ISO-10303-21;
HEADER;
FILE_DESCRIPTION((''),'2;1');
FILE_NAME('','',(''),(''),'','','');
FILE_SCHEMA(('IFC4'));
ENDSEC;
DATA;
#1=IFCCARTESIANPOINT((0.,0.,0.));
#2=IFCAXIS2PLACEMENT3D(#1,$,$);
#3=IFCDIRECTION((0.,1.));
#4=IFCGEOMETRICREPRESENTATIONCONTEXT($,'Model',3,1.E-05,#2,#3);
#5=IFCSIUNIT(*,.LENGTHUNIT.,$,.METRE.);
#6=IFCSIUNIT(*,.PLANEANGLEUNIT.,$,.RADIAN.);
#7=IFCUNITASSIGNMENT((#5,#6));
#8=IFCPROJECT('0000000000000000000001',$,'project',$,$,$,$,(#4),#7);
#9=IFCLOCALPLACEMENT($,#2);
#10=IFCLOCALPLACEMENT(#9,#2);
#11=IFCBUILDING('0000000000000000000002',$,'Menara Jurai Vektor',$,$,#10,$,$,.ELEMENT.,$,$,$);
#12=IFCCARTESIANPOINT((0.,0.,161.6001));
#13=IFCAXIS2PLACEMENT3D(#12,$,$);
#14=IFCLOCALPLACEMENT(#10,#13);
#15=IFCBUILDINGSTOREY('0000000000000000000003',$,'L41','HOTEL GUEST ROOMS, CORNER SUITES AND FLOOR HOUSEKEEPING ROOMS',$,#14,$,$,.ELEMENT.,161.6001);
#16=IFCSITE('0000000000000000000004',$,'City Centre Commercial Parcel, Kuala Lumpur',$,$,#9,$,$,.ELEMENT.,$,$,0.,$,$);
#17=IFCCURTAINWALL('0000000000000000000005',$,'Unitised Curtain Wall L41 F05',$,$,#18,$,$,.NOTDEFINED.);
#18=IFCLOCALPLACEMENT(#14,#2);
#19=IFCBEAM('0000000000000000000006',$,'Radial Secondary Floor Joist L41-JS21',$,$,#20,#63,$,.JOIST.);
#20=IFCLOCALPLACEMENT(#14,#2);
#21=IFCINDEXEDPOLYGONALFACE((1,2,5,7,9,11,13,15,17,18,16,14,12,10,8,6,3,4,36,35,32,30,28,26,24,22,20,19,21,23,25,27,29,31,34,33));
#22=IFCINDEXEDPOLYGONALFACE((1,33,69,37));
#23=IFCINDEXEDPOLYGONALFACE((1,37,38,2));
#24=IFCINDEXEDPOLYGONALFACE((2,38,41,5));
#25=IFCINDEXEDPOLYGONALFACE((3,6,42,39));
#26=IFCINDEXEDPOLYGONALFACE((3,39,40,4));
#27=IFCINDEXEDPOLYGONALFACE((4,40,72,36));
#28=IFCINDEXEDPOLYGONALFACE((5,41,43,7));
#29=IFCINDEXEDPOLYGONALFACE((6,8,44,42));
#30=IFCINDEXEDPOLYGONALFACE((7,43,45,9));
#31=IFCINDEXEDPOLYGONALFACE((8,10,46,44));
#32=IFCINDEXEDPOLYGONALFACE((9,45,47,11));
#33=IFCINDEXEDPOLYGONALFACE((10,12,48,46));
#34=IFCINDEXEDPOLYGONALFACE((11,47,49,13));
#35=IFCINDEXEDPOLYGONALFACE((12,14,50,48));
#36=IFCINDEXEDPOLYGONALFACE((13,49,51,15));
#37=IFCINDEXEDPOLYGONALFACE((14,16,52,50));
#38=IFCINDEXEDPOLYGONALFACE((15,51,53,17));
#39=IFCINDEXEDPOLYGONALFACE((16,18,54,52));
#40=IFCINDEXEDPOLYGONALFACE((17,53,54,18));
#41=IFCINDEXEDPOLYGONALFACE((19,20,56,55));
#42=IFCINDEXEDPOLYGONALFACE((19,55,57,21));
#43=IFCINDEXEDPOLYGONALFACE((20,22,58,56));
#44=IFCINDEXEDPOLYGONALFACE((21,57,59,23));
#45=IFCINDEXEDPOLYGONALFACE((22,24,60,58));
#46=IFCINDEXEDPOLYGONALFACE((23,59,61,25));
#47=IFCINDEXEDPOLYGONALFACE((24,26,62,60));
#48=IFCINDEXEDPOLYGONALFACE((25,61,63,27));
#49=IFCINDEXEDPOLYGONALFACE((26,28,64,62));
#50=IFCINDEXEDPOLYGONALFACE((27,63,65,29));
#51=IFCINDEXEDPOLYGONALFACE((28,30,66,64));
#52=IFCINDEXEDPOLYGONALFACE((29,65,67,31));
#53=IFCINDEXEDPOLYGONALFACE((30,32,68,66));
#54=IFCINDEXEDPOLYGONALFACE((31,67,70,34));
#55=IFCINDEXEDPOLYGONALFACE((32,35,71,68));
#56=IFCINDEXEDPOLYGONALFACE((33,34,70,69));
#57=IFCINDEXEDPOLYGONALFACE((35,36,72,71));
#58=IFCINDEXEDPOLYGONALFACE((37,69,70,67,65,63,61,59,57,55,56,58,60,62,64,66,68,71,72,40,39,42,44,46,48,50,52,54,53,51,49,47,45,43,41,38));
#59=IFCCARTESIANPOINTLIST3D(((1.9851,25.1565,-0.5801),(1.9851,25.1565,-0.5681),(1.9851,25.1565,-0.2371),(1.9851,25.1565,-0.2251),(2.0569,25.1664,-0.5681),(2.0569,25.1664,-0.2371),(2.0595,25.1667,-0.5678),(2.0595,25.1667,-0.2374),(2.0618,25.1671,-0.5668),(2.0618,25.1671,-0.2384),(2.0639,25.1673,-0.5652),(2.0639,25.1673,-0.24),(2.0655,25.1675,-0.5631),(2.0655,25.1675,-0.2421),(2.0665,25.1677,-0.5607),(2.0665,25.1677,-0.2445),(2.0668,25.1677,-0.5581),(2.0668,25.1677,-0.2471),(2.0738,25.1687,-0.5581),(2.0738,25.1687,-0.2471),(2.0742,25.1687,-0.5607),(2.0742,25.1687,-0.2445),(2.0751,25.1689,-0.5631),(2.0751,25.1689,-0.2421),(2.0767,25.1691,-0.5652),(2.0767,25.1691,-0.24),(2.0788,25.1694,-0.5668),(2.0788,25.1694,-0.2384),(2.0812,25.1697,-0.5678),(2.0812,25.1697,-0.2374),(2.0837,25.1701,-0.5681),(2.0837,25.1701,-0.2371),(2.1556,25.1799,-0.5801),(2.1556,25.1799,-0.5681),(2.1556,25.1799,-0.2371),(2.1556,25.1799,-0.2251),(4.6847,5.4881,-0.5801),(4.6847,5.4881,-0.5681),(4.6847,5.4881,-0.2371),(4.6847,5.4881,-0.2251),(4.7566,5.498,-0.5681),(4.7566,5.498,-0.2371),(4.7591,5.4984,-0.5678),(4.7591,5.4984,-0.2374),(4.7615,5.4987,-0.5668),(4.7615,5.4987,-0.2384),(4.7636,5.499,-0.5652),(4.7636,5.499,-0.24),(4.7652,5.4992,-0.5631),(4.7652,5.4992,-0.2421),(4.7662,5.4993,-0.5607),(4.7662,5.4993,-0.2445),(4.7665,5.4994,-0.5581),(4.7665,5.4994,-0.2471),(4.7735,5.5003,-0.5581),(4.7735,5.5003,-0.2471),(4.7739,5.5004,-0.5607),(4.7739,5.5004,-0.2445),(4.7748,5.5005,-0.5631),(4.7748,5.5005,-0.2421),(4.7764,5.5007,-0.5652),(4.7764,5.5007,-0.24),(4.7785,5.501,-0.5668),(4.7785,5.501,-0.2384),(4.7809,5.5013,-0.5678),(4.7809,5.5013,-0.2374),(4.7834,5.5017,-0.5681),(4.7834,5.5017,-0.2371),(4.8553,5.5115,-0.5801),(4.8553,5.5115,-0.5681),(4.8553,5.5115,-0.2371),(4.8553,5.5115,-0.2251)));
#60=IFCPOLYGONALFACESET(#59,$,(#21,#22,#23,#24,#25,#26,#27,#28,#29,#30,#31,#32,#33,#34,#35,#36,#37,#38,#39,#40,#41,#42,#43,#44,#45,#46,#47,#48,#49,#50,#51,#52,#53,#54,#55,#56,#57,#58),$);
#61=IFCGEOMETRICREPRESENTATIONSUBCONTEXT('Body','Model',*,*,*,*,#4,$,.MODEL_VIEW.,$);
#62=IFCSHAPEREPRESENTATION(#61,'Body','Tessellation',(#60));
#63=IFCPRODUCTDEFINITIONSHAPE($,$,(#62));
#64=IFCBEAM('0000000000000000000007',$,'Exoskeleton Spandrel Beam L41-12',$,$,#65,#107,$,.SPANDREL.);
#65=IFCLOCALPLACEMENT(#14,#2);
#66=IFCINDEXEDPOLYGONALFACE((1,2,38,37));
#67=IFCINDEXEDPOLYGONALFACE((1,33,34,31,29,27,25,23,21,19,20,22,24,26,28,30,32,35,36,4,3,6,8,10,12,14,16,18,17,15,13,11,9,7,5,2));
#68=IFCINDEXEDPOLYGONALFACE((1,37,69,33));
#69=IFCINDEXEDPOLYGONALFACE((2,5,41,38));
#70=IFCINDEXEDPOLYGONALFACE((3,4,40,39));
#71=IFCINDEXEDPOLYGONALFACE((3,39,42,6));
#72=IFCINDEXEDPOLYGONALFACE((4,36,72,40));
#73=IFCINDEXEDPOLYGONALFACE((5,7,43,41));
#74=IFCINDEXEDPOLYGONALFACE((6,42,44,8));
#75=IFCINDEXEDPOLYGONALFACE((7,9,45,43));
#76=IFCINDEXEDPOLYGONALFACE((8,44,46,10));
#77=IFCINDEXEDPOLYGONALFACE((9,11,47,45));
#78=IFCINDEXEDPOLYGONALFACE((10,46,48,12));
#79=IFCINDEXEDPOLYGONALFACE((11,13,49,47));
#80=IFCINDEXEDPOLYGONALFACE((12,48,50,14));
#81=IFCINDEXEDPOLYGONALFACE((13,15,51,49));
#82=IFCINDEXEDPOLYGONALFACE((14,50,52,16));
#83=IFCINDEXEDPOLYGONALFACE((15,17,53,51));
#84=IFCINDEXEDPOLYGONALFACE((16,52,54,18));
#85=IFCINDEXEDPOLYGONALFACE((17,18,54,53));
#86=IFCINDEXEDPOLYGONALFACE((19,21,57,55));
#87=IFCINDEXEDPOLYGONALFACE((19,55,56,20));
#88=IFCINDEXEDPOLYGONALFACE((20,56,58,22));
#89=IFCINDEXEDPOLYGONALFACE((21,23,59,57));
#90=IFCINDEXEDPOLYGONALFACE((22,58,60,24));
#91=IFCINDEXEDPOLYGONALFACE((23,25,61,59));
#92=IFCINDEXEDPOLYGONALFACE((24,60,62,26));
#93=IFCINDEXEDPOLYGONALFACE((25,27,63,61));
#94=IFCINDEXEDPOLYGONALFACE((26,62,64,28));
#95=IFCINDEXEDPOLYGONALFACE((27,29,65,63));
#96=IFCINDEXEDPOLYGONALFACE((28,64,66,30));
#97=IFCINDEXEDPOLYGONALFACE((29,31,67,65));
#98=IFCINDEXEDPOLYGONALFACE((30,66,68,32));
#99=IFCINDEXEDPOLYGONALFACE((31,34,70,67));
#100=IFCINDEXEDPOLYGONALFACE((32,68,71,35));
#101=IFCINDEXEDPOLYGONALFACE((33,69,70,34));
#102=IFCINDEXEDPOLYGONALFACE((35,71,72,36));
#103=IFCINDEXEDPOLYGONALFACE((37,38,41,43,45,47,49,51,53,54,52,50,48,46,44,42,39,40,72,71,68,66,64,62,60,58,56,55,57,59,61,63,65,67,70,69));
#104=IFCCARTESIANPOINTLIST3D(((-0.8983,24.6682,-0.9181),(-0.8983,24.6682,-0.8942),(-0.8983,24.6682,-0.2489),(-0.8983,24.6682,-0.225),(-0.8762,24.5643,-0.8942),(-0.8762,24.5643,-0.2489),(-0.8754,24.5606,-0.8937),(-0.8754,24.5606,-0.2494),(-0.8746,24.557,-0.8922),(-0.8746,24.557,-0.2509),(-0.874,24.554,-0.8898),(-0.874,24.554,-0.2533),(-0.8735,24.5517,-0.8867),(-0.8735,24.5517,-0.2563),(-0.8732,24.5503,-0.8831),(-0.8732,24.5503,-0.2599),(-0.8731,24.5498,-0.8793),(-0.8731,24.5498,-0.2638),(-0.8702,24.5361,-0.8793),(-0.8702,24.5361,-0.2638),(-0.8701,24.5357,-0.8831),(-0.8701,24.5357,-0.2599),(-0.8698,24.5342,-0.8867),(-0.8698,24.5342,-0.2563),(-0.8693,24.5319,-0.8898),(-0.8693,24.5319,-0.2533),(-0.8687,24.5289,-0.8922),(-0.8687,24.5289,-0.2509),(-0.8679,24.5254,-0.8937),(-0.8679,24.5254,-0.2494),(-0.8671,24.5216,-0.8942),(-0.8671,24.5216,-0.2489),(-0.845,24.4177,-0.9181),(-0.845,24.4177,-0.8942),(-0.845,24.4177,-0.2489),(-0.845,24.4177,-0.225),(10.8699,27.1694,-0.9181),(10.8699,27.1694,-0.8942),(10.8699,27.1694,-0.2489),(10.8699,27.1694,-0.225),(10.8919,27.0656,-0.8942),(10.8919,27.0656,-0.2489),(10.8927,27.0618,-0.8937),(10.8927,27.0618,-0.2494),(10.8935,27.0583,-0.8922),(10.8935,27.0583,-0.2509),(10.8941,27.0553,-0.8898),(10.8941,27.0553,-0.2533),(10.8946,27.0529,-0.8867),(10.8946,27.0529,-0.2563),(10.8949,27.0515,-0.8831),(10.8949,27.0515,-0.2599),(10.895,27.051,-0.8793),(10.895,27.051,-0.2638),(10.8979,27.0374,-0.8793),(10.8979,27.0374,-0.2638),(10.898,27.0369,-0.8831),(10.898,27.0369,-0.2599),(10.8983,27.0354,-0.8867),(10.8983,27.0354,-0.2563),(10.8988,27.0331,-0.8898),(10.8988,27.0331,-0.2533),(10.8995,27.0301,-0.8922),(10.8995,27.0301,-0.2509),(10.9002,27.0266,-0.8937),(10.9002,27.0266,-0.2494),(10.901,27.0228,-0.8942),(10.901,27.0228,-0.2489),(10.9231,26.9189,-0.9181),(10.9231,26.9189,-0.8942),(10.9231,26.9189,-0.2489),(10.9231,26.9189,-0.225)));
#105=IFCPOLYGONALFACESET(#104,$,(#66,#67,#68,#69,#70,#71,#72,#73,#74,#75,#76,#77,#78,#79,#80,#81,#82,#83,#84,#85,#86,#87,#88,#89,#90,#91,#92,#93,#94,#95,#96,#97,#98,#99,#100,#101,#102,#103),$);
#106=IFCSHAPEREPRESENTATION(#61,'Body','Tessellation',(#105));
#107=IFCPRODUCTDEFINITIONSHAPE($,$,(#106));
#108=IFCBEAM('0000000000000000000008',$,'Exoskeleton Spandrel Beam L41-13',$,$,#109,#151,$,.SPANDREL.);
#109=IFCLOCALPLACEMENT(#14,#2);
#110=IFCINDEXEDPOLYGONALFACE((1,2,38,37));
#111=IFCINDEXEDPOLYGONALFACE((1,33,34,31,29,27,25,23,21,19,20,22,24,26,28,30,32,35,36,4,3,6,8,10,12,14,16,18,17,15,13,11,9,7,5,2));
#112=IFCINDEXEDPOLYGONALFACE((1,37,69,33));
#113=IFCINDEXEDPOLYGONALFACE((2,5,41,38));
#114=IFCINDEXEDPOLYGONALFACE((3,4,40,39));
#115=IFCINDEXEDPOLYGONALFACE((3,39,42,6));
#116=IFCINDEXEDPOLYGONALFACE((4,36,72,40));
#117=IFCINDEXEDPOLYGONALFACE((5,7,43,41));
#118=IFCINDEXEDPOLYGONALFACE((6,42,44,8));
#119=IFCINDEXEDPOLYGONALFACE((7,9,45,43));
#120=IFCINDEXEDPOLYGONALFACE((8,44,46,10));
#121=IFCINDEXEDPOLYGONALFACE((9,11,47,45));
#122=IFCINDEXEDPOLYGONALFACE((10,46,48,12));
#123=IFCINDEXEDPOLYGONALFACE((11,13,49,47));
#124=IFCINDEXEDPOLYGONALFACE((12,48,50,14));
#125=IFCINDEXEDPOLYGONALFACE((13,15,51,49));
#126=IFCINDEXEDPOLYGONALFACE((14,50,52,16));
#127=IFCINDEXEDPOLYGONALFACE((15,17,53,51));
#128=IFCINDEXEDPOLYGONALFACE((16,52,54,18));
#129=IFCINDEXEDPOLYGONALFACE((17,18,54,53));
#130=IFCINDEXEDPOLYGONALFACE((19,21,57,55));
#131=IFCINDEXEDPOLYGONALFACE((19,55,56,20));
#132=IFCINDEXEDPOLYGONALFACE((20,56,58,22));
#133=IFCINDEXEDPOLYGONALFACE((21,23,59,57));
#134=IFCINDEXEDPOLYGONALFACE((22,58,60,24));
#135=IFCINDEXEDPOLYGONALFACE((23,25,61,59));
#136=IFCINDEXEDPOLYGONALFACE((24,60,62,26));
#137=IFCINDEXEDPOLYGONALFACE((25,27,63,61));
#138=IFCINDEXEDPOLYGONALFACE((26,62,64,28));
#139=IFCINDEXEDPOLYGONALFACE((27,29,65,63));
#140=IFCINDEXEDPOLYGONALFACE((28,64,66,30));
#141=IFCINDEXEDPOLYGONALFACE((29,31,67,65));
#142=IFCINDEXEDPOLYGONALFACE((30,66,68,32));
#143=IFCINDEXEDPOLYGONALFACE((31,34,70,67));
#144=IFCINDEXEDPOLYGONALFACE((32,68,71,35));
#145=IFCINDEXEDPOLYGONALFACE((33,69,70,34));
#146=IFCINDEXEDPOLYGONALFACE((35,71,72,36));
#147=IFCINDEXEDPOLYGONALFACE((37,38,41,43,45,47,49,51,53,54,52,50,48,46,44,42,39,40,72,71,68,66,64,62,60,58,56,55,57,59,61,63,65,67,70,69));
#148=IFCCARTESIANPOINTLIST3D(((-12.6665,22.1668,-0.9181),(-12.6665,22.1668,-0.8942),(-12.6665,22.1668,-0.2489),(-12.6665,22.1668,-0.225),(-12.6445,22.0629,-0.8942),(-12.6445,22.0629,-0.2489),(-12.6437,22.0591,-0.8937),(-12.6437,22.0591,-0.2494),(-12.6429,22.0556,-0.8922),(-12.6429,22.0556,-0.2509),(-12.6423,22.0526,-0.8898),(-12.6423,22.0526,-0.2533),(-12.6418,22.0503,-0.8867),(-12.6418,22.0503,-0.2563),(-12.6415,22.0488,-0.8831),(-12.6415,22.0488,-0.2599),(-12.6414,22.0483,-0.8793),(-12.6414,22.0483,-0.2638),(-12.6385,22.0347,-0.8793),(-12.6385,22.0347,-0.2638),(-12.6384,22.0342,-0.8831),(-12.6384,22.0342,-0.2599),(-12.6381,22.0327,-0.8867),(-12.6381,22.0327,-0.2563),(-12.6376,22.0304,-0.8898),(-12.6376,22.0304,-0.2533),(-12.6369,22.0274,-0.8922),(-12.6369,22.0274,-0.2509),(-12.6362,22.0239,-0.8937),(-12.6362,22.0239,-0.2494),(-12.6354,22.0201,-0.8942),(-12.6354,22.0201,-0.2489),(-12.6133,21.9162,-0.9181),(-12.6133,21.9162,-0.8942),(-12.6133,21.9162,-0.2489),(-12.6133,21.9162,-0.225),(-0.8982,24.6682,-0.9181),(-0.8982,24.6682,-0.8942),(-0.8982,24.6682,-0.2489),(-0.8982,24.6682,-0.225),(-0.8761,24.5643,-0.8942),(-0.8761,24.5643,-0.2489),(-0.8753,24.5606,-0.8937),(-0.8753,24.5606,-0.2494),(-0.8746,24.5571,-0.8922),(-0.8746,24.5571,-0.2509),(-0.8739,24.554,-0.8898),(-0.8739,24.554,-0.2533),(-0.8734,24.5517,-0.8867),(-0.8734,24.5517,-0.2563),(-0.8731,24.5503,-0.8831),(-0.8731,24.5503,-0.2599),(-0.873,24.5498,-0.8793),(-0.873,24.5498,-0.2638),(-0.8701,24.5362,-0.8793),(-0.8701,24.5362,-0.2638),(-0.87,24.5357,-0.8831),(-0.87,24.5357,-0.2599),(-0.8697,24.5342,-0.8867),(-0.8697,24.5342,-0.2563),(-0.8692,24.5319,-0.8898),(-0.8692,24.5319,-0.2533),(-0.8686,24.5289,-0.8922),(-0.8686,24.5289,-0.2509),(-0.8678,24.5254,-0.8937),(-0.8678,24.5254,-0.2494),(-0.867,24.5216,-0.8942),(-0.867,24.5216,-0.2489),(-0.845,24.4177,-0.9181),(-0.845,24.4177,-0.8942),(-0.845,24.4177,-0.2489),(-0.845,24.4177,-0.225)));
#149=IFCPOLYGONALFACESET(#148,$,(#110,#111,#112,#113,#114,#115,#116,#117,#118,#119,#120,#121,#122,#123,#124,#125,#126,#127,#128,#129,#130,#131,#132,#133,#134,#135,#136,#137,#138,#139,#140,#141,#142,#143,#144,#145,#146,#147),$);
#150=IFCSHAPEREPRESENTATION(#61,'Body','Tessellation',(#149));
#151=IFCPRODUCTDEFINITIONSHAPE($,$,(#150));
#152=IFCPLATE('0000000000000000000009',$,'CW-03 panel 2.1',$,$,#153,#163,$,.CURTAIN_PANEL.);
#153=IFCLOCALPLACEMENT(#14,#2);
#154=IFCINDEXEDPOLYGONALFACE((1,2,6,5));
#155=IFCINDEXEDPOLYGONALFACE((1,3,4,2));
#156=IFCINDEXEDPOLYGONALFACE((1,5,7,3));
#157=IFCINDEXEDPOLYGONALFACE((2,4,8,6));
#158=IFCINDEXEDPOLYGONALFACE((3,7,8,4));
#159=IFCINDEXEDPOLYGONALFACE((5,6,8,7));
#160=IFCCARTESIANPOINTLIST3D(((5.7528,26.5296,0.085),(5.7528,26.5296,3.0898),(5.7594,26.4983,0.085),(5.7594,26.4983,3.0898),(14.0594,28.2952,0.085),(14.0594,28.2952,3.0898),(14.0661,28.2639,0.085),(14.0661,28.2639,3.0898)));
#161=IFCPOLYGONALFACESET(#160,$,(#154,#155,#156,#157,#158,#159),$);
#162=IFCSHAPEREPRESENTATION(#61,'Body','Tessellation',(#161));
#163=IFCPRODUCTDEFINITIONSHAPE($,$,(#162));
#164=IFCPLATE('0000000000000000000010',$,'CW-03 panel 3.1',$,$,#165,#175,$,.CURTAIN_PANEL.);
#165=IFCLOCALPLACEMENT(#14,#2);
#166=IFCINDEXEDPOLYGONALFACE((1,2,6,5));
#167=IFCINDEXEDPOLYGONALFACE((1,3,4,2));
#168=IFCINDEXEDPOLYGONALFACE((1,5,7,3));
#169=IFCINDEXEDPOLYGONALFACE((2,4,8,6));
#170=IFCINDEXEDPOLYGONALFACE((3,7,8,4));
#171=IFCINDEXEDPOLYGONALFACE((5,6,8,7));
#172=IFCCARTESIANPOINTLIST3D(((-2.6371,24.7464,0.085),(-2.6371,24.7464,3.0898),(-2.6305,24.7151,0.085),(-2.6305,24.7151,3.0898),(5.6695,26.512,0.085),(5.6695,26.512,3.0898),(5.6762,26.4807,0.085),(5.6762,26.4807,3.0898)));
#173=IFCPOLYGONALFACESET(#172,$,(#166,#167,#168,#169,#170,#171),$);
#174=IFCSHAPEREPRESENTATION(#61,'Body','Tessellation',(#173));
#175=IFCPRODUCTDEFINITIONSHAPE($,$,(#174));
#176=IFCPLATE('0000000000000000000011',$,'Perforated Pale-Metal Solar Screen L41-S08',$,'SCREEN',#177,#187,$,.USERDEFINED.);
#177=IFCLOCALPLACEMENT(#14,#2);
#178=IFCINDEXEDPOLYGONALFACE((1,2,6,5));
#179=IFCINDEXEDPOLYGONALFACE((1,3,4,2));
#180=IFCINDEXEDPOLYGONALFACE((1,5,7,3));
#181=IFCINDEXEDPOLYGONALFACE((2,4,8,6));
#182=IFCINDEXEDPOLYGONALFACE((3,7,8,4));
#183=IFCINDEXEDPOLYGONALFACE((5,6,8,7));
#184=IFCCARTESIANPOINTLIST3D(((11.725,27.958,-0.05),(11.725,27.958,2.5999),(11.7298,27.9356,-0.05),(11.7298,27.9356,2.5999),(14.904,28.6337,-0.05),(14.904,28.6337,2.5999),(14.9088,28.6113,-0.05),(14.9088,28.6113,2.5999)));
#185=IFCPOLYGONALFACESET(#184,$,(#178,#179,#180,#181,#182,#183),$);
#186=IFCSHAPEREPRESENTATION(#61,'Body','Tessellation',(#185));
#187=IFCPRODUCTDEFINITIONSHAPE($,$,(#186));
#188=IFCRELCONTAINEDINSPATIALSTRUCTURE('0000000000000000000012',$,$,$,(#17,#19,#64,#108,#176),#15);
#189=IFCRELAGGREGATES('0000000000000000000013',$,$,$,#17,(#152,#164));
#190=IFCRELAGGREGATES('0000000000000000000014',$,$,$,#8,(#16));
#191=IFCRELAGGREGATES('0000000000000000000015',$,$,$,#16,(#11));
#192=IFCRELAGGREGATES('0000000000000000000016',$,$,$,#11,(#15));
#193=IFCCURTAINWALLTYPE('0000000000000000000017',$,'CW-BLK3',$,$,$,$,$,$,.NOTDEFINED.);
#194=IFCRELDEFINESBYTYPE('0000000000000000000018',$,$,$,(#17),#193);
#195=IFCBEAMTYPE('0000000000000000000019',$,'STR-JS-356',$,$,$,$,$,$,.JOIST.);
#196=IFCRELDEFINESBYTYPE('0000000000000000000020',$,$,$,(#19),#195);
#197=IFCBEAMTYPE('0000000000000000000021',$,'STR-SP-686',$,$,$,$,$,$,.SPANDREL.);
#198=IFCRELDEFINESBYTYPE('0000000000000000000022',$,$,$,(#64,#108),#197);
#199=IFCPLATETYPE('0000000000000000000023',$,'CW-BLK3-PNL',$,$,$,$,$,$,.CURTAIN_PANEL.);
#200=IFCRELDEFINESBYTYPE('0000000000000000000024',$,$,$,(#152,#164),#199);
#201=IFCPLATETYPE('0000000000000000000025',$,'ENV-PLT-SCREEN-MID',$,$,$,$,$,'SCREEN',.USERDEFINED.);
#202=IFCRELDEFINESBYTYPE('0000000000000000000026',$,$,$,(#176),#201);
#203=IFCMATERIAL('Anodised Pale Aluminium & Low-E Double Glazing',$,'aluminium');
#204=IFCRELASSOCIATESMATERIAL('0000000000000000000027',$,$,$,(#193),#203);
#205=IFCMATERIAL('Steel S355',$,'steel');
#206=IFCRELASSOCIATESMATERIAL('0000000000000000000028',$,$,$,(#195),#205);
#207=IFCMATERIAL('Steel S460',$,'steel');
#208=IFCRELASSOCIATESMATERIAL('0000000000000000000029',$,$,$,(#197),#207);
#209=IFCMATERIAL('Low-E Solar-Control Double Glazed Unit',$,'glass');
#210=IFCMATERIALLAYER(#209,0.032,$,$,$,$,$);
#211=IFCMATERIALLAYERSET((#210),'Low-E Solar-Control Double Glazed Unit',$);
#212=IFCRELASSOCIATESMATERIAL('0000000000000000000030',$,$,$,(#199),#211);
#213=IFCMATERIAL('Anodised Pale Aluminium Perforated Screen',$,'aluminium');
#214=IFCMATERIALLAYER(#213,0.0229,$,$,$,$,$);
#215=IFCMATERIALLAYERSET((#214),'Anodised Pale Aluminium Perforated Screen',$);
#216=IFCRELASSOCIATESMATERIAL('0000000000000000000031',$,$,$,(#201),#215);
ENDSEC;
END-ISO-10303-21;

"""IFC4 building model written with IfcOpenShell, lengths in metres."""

from ifc_helpers import new_model, si_unit, direction, frame, origin, origin_2d, place, context, subcontext, project, spatial, rectangle, i_section, extrude, material, layer, layer_set, material_profile, profile_set, type_object, element, aggregate, save


model = new_model("IFC4")

# Units and contexts
model_context = context("Model", 3, precision=1e-05, world=origin(), true_north=direction((0.0, 1.0)))
body_context = subcontext(model_context, "Body", "Model", "MODEL_VIEW")
ifc_project = project(units=[si_unit("LENGTHUNIT", "METRE"), si_unit("PLANEANGLEUNIT", "RADIAN")], contexts=[model_context])

# Site, building, storey
site_placement = place(None, origin())
site = spatial("IfcSite", under=ifc_project, at=site_placement, Name="City Centre Commercial Parcel, Kuala Lumpur", CompositionType="ELEMENT", RefElevation=0.0)
building_placement = place(site_placement, origin())
building = spatial("IfcBuilding", under=site, at=building_placement, Name="Menara Jurai Vektor", CompositionType="ELEMENT")
storey_placement = place(building_placement, frame((0.0, 0.0, 161.6001)))
storey = spatial("IfcBuildingStorey", under=building, at=storey_placement, Name="L41", Description="HOTEL GUEST ROOMS, CORNER SUITES AND FLOOR HOUSEKEEPING ROOMS", CompositionType="ELEMENT", Elevation=161.6001)

# Shared definitions
ifc_material_1 = material(Name="Steel S460", Category="steel")

# Curtain wall
ifc_material_2 = material(Name="Anodised Pale Aluminium & Low-E Double Glazing", Category="aluminium")
curtain_wall_type = type_object("IfcCurtainWallType", Name="CW-BLK3", PredefinedType="NOTDEFINED", material=ifc_material_2)
curtain_wall_placement = place(storey_placement, origin())
curtain_wall = element("IfcCurtainWall", 1, at=curtain_wall_placement, inside=storey, type_object=curtain_wall_type, Name="Unitised Curtain Wall L41 F05", PredefinedType="NOTDEFINED")

# Beams
ifc_material_3 = material(Name="Steel S355", Category="steel")
ifc_material_profile_1 = material_profile(ifc_material_3, i_section(OverallWidth=0.1721, OverallDepth=0.355, WebThickness=0.0071, FlangeThickness=0.012, FilletRadius=0.01, at=origin_2d()), Name="UKB 356x171x51")
ifc_profile_set_1 = profile_set([ifc_material_profile_1], Name="Steel S355")
beam_type_1 = type_object("IfcBeamType", Name="STR-JS-356", PredefinedType="JOIST", material=ifc_profile_set_1)
beam_1_placement = place(storey_placement, frame((2.0703, 25.1682, -0.4026), z_axis=(0.135986, -0.990711, 0.0), x_axis=(0.990711, 0.135986, 0.0)))
element("IfcBeam", 2, at=beam_1_placement, inside=storey, type_object=beam_type_1, Name="Radial Secondary Floor Joist L41-JS21", PredefinedType="JOIST", context=body_context, shape_type="SweptSolid", body=[
    extrude(i_section(OverallWidth=0.1721, OverallDepth=0.355, WebThickness=0.0071, FlangeThickness=0.012, FilletRadius=0.01, at=origin_2d()), origin(), (0.0, 0.0, 1.0), 19.8528),
])
ifc_material_profile_2 = material_profile(ifc_material_1, i_section(OverallWidth=0.2561, OverallDepth=0.6931, WebThickness=0.0139, FlangeThickness=0.0239, FilletRadius=0.0149, at=origin_2d()), Name="UKB 686x254x170")
ifc_profile_set_2 = profile_set([ifc_material_profile_2], Name="Steel S460")
beam_type_2 = type_object("IfcBeamType", Name="STR-SP-686", PredefinedType="SPANDREL", material=ifc_profile_set_2)
beam_2_placement = place(storey_placement, frame((10.8965, 27.0442, -0.5715), z_axis=(-0.97815, -0.207899, 0.0), x_axis=(0.207899, -0.97815, 0.0)))
element("IfcBeam", 3, at=beam_2_placement, inside=storey, type_object=beam_type_2, Name="Exoskeleton Spandrel Beam L41-12", PredefinedType="SPANDREL", context=body_context, shape_type="SweptSolid", body=[
    extrude(i_section(OverallWidth=0.2561, OverallDepth=0.6931, WebThickness=0.0139, FlangeThickness=0.0239, FilletRadius=0.0149, at=origin_2d()), origin(), (0.0, 0.0, 1.0), 12.031),
])
beam_3_placement = place(storey_placement, frame((-0.8716, 24.543, -0.5715), z_axis=(-0.978147, -0.207914, 0.0), x_axis=(0.207914, -0.978147, 0.0)))
element("IfcBeam", 4, at=beam_3_placement, inside=storey, type_object=beam_type_2, Name="Exoskeleton Spandrel Beam L41-13", PredefinedType="SPANDREL", context=body_context, shape_type="SweptSolid", body=[
    extrude(i_section(OverallWidth=0.2561, OverallDepth=0.6931, WebThickness=0.0139, FlangeThickness=0.0239, FilletRadius=0.0149, at=origin_2d()), origin(), (0.0, 0.0, 1.0), 12.0312),
])

# Plates
ifc_material_4 = material(Name="Low-E Solar-Control Double Glazed Unit", Category="glass")
ifc_layer_1 = layer(ifc_material_4, 0.032)
ifc_layer_set_1 = layer_set([ifc_layer_1], Name="Low-E Solar-Control Double Glazed Unit")
plate_type_1 = type_object("IfcPlateType", Name="CW-BLK3-PNL", PredefinedType="CURTAIN_PANEL", material=ifc_layer_set_1)
plate_1_placement = place(storey_placement, frame((9.9094, 27.3967, 0.085), z_axis=(0.0, 0.0, 1.0), x_axis=(-0.978148, -0.207911, 0.0)))
plate_1 = element("IfcPlate", 5, at=plate_1_placement, type_object=plate_type_1, Name="CW-03 panel 2.1", PredefinedType="CURTAIN_PANEL", context=body_context, shape_type="SweptSolid", body=[
    extrude(rectangle(XDim=8.4922, YDim=0.032, at=origin_2d()), origin(), (0.0, 0.0, 1.0), 3.0049),
])
plate_2_placement = place(storey_placement, frame((1.5195, 25.6135, 0.085), z_axis=(0.0, 0.0, 1.0), x_axis=(-0.978148, -0.207911, 0.0)))
plate_2 = element("IfcPlate", 6, at=plate_2_placement, type_object=plate_type_1, Name="CW-03 panel 3.1", PredefinedType="CURTAIN_PANEL", context=body_context, shape_type="SweptSolid", body=[
    extrude(rectangle(XDim=8.4922, YDim=0.032, at=origin_2d()), origin(), (0.0, 0.0, 1.0), 3.0049),
])
aggregate(curtain_wall, [plate_1, plate_2])

# Plate
ifc_material_5 = material(Name="Anodised Pale Aluminium Perforated Screen", Category="aluminium")
ifc_layer_2 = layer(ifc_material_5, 0.0229)
ifc_layer_set_2 = layer_set([ifc_layer_2], Name="Anodised Pale Aluminium Perforated Screen")
plate_type_2 = type_object("IfcPlateType", Name="ENV-PLT-SCREEN-MID", ElementType="SCREEN", PredefinedType="USERDEFINED", material=ifc_layer_set_2)
for number, where, z_axis, x_axis, name in (
    (7, (13.3169, 28.2847, -0.05), (0.0, 0.0, 1.0), (-0.978148, -0.207912, 0.0), "Perforated Pale-Metal Solar Screen L41-S08"),
):
    element("IfcPlate", number, at=place(storey_placement, frame(where, z_axis=z_axis, x_axis=x_axis)), inside=storey, type_object=plate_type_2, Name=name, ObjectType="SCREEN", PredefinedType="USERDEFINED", context=body_context, shape_type="SweptSolid", body=[
        extrude(rectangle(XDim=3.25, YDim=0.0229, at=origin_2d()), origin(), (0.0, 0.0, 1.0), 2.6499),
    ])

save(model, "model.ifc")
